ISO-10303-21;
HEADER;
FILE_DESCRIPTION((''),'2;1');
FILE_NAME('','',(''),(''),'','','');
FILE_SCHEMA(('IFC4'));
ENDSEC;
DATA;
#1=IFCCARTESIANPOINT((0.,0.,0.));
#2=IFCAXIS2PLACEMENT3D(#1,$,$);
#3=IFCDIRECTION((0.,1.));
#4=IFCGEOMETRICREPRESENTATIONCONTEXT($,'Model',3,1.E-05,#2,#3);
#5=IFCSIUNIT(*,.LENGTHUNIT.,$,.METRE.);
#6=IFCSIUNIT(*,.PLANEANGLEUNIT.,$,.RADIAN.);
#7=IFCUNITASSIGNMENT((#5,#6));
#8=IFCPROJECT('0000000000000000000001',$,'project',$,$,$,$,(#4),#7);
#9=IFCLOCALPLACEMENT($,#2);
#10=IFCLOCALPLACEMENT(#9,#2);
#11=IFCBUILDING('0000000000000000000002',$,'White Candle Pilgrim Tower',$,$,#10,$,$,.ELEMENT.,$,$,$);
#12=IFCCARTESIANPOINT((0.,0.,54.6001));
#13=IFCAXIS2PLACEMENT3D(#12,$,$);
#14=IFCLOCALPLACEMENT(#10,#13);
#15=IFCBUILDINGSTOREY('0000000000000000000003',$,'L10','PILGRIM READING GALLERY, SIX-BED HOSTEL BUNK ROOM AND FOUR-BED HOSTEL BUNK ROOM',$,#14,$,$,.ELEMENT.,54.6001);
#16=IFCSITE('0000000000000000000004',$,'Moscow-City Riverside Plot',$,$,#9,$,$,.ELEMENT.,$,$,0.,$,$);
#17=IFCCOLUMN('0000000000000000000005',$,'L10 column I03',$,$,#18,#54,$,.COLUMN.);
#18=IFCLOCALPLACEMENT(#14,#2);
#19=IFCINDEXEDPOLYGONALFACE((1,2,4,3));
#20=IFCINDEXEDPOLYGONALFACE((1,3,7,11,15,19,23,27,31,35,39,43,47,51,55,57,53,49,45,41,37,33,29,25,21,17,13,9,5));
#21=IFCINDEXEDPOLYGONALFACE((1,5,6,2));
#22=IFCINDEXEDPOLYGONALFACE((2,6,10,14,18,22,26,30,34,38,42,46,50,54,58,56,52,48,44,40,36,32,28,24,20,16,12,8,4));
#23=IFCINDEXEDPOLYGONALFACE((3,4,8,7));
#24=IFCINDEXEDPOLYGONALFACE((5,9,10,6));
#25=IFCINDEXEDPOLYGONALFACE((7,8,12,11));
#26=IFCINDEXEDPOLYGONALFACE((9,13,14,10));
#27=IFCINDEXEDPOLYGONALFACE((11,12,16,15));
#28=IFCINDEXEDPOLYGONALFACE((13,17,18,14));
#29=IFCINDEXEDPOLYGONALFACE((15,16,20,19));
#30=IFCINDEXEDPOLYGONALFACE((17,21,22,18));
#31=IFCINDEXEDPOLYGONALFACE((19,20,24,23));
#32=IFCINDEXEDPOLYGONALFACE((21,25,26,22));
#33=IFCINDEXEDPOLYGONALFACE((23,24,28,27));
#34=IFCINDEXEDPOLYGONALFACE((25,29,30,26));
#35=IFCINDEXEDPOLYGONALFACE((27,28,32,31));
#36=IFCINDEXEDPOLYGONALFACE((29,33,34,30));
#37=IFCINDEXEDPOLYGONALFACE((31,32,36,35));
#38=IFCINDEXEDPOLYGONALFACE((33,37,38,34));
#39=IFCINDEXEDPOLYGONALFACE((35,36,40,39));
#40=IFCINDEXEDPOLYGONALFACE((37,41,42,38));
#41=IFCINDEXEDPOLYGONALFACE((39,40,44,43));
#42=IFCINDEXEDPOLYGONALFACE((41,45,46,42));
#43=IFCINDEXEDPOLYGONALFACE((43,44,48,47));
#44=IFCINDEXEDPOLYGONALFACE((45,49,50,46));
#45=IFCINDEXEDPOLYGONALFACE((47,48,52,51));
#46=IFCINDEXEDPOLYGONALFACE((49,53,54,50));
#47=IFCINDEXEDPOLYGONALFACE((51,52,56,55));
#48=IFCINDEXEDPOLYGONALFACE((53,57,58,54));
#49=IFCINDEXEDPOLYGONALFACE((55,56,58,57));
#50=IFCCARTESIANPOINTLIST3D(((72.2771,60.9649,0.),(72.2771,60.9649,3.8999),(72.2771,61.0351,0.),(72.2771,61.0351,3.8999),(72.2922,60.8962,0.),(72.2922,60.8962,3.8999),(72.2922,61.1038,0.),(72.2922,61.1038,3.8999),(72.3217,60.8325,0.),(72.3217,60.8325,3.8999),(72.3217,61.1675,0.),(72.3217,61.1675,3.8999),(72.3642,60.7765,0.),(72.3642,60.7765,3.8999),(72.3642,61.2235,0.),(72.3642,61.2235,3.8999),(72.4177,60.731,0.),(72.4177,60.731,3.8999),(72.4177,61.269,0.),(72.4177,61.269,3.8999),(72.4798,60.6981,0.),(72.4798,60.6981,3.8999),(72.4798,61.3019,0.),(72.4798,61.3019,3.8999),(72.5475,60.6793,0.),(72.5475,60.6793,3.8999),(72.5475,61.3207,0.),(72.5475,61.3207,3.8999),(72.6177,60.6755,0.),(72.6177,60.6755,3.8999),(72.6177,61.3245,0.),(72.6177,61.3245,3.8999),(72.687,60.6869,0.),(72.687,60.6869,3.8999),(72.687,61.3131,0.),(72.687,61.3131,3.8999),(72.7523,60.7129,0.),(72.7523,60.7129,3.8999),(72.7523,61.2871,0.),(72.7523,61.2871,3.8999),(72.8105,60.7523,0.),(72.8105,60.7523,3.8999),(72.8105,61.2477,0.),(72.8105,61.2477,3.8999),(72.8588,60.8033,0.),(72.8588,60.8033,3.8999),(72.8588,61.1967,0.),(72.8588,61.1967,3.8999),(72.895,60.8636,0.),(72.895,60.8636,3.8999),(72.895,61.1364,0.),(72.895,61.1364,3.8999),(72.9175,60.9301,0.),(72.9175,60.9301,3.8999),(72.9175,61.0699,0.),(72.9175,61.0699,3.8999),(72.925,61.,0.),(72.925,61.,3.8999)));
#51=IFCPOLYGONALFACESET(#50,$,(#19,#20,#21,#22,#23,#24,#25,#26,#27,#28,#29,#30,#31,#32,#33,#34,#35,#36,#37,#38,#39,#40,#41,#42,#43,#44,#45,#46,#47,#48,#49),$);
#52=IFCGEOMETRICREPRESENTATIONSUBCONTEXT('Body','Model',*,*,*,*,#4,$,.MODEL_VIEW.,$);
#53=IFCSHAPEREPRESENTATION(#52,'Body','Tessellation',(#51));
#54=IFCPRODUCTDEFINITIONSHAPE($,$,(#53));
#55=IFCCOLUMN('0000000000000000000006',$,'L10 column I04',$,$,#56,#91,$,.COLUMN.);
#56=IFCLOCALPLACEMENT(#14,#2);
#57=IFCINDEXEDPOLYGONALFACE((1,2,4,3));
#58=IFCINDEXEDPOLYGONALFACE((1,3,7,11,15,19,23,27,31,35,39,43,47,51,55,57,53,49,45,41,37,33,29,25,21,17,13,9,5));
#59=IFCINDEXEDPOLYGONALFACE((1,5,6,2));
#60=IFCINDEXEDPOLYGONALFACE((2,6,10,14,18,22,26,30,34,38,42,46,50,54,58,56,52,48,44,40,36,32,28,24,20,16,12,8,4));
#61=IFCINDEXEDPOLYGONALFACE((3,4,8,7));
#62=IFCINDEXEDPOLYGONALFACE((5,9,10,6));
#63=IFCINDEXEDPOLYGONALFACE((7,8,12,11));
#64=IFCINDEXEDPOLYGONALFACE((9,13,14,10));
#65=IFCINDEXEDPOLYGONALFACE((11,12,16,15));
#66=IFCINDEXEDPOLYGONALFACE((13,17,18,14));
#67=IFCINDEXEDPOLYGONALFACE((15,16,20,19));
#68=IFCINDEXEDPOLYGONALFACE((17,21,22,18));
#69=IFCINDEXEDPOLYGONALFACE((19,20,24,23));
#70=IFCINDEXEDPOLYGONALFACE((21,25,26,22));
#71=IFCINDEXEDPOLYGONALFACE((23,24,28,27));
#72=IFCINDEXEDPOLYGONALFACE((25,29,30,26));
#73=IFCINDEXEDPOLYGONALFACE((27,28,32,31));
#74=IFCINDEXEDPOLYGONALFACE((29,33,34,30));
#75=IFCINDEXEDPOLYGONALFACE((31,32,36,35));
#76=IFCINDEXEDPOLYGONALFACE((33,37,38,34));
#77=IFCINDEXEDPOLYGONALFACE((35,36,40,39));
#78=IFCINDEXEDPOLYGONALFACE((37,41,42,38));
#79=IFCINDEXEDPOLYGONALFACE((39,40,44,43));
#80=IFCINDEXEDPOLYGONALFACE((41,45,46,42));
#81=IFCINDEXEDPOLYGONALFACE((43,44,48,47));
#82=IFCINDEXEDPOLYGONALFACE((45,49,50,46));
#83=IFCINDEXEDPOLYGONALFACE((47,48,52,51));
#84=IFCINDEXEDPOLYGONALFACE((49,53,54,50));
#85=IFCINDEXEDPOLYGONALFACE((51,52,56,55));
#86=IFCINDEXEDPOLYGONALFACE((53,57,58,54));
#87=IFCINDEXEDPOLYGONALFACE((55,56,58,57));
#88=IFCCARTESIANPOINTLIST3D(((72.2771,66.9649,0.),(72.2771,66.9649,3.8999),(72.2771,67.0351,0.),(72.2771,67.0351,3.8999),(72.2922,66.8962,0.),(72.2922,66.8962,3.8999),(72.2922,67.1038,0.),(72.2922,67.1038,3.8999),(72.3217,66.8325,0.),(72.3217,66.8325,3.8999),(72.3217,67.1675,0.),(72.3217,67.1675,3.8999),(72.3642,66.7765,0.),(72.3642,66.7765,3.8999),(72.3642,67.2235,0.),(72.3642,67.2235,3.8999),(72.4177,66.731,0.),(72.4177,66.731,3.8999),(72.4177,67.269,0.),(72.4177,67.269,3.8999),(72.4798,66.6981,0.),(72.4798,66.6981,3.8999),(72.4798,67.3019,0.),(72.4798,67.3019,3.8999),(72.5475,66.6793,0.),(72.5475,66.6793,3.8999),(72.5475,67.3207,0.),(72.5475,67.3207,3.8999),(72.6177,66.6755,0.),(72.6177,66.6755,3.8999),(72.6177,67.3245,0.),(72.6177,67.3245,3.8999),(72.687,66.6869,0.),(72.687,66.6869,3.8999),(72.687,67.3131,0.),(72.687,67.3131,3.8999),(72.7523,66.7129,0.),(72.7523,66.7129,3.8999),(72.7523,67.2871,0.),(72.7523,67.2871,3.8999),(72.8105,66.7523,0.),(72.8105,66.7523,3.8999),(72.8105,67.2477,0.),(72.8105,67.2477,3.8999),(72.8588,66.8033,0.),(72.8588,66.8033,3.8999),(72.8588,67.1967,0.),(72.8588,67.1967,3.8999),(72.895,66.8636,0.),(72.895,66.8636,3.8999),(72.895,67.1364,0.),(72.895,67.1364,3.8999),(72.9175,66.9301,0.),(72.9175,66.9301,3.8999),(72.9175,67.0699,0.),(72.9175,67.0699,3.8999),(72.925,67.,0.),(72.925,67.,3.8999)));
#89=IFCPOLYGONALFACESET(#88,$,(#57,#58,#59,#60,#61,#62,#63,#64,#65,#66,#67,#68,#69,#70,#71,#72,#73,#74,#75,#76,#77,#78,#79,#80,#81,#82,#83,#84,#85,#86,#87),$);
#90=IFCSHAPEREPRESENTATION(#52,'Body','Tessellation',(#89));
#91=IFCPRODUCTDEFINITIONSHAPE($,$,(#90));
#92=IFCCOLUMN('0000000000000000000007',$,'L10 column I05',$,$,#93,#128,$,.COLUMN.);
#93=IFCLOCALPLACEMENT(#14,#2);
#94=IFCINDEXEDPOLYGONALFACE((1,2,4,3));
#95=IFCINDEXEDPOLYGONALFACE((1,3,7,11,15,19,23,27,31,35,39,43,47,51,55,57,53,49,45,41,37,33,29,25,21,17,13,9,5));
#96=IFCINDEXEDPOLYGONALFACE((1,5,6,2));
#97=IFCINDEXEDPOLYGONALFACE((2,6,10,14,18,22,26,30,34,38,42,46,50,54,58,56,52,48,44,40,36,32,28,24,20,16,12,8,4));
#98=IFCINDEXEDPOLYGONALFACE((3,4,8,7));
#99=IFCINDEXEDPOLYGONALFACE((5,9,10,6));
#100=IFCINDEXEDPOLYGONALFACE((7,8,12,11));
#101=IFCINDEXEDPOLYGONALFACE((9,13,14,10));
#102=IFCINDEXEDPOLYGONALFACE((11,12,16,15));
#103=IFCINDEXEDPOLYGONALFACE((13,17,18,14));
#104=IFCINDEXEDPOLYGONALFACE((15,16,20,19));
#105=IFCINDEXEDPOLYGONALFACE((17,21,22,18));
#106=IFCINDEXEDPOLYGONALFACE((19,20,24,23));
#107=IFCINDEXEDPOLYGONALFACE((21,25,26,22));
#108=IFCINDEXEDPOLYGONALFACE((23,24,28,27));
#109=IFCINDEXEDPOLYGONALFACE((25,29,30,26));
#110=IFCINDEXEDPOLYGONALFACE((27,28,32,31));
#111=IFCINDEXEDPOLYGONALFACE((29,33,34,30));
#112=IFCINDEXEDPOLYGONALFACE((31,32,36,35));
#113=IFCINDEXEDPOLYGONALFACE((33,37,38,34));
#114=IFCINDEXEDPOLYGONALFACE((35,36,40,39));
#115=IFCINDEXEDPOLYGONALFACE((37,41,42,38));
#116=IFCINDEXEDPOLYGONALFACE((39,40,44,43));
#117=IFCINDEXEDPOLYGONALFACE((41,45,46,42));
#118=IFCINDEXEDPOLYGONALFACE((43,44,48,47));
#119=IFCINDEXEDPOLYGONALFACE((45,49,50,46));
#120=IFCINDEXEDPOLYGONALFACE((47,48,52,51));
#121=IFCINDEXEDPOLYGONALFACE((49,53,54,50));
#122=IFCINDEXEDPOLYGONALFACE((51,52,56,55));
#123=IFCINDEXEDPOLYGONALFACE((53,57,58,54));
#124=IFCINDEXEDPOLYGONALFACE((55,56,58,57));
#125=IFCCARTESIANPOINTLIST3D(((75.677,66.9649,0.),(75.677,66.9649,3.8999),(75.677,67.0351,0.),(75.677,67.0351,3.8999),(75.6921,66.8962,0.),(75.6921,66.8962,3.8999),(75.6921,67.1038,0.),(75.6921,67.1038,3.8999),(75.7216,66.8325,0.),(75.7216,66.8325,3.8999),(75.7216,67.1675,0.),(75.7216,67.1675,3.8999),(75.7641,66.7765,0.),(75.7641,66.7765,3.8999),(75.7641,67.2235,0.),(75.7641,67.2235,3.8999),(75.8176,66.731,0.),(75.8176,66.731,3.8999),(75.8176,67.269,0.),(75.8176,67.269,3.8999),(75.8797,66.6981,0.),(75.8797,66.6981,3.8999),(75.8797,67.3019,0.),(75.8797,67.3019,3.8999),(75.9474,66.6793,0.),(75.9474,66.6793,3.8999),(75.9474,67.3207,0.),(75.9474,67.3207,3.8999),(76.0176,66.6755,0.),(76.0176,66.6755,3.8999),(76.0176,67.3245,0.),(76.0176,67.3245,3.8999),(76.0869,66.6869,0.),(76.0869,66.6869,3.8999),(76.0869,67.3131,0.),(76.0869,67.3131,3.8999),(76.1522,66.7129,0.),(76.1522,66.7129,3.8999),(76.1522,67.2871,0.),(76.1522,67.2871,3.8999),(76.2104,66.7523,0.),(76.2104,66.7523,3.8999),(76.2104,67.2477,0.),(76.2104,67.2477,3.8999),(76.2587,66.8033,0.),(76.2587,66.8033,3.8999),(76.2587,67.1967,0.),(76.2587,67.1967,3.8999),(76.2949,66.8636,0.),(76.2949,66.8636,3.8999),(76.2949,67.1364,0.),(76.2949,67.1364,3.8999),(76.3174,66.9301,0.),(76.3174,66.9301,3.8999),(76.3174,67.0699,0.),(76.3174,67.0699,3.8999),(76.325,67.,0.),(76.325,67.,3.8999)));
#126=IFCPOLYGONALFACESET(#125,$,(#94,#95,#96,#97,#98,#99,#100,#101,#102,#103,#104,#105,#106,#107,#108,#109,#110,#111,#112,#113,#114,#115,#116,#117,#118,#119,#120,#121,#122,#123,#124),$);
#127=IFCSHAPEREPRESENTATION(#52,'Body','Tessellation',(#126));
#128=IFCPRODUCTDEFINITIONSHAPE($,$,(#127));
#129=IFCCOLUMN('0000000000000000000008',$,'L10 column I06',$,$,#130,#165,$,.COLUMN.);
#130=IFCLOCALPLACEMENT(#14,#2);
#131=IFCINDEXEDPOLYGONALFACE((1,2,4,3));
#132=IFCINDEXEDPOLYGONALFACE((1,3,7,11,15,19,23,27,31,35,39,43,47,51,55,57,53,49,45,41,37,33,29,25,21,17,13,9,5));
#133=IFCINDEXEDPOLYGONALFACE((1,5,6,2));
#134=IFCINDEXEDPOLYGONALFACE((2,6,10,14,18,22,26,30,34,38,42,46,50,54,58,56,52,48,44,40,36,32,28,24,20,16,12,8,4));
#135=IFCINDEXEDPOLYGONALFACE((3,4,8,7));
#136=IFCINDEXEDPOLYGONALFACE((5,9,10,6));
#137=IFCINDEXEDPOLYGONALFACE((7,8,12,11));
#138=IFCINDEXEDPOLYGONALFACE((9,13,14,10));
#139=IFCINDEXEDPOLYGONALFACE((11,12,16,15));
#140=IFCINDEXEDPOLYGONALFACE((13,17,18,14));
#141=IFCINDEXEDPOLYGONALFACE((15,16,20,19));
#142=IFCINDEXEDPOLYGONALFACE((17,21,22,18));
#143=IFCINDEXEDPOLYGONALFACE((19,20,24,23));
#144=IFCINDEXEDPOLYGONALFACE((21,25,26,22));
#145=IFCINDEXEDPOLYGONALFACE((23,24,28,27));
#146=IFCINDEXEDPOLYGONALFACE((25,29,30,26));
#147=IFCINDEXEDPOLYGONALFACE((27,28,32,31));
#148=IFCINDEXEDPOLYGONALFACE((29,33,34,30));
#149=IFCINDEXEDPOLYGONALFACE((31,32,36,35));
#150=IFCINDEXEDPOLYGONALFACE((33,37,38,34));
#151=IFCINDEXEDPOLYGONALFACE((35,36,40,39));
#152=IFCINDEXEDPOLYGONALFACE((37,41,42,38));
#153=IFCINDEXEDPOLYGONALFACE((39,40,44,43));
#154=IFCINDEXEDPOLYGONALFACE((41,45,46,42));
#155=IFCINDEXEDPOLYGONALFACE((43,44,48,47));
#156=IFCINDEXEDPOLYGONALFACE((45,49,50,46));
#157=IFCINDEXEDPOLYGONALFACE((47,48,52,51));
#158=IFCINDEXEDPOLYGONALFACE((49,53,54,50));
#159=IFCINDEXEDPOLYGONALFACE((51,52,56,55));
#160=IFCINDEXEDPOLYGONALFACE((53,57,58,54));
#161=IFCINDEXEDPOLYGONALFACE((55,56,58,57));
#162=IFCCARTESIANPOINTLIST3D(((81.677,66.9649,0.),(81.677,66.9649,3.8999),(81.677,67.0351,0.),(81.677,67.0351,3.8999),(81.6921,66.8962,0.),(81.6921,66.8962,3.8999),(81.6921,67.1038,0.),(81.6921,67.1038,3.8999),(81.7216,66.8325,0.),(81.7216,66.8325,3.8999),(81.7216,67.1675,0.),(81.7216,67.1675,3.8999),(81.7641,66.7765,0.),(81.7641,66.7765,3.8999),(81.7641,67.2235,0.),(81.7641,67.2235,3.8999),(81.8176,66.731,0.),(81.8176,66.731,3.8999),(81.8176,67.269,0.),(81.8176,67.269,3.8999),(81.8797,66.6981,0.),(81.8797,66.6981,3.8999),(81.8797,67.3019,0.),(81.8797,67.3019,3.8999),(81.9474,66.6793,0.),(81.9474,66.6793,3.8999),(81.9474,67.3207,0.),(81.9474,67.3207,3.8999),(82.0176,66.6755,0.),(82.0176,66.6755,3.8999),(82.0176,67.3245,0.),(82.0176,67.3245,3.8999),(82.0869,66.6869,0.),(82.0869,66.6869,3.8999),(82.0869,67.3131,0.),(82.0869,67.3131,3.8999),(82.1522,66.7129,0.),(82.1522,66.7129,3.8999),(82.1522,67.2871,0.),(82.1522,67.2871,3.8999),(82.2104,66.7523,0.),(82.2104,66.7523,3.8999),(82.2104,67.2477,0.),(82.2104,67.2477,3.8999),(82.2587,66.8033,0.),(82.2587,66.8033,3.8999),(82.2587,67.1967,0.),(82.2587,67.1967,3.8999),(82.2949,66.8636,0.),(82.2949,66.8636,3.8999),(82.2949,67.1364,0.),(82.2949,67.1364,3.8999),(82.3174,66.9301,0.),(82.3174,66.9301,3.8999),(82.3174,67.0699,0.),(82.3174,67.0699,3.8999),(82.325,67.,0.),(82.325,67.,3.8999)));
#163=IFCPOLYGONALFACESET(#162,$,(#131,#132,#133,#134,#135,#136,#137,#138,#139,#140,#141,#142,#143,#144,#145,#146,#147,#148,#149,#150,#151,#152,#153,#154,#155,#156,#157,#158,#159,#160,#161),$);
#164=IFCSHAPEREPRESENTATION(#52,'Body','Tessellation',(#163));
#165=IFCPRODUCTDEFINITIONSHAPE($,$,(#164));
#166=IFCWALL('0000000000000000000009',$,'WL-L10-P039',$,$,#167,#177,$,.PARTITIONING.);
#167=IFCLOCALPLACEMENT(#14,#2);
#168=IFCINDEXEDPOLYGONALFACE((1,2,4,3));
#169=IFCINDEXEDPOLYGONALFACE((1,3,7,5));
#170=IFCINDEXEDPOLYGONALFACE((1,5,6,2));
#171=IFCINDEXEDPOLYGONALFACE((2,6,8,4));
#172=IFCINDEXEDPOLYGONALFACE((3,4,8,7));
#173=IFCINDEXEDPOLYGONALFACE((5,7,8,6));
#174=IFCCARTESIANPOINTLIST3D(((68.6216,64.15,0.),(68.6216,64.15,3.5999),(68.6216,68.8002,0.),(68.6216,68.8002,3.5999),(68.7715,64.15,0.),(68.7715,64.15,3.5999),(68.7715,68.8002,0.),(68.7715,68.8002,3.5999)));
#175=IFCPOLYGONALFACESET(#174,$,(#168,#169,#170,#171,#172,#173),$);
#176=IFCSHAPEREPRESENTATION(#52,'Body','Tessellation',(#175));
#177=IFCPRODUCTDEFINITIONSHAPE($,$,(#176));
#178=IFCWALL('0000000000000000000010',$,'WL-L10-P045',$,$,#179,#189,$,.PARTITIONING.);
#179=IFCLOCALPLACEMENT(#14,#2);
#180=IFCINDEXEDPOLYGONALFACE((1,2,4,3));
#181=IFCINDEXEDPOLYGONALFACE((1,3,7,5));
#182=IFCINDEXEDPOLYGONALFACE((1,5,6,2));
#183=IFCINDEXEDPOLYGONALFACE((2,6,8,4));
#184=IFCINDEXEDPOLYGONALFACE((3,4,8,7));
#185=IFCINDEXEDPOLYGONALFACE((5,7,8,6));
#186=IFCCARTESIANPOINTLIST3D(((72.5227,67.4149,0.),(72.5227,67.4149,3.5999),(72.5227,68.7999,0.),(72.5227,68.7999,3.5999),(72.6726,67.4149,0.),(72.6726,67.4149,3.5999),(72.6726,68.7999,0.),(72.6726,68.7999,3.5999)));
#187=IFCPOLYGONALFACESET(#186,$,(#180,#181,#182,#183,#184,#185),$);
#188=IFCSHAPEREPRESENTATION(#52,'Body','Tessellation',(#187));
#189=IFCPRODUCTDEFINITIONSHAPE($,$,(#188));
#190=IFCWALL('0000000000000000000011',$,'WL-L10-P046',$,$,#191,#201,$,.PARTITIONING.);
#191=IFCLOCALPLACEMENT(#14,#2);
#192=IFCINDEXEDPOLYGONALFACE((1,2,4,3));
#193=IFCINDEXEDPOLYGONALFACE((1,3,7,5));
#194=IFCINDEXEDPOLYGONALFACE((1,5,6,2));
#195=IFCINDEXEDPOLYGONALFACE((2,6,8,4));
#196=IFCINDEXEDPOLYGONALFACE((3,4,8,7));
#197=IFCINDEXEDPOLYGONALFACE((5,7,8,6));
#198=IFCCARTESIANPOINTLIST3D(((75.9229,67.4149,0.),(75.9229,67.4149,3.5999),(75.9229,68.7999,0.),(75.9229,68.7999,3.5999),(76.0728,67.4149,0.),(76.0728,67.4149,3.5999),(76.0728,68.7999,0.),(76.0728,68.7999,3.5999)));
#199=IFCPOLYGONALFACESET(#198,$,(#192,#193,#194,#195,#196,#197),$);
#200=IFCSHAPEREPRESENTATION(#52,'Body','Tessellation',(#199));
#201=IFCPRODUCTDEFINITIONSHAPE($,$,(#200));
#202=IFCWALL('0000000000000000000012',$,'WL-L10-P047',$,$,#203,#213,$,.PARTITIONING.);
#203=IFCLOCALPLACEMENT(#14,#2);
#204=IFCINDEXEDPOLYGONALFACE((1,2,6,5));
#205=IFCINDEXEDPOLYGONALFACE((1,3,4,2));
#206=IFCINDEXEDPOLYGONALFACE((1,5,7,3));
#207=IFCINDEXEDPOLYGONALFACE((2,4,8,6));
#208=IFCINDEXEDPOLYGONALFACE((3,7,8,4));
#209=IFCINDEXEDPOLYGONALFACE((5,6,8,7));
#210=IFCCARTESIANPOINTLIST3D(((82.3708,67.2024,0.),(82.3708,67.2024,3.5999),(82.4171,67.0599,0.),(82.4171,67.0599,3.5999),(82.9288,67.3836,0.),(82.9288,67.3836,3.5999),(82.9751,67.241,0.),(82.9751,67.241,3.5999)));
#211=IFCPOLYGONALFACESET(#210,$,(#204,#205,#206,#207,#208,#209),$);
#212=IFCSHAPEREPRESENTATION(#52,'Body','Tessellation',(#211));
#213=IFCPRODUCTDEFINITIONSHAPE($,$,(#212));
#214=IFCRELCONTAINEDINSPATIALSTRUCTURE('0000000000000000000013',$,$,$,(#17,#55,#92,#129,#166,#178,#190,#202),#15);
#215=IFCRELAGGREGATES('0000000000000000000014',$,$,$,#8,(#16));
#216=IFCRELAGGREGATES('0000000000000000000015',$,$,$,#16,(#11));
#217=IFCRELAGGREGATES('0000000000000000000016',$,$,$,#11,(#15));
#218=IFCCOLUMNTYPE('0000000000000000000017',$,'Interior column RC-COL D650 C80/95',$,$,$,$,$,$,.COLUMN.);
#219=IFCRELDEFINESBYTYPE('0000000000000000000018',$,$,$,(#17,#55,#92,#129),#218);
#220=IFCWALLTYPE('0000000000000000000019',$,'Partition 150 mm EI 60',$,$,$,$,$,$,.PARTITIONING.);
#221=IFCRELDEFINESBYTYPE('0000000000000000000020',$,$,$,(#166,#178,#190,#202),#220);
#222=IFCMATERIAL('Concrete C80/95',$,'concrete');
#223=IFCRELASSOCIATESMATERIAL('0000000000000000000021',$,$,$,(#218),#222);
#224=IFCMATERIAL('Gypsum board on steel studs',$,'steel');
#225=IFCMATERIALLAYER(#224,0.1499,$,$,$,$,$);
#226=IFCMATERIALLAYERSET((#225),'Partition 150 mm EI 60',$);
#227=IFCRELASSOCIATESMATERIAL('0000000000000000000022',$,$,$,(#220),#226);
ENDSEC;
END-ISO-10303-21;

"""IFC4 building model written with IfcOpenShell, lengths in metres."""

from ifc_helpers import new_model, si_unit, direction, frame, frame_2d, origin, origin_2d, place, context, subcontext, project, spatial, rectangle, circle, extrude, material, layer, layer_set, material_profile, profile_set, type_object, element, save


model = new_model("IFC4")

# Units and contexts
model_context = context("Model", 3, precision=1e-05, world=origin(), true_north=direction((0.0, 1.0)))
body_context = subcontext(model_context, "Body", "Model", "MODEL_VIEW")
ifc_project = project(units=[si_unit("LENGTHUNIT", "METRE"), si_unit("PLANEANGLEUNIT", "RADIAN")], contexts=[model_context])

# Site, building, storey
site_placement = place(None, origin())
site = spatial("IfcSite", under=ifc_project, at=site_placement, Name="Moscow-City Riverside Plot", CompositionType="ELEMENT", RefElevation=0.0)
building_placement = place(site_placement, origin())
building = spatial("IfcBuilding", under=site, at=building_placement, Name="White Candle Pilgrim Tower", CompositionType="ELEMENT")
storey_placement = place(building_placement, frame((0.0, 0.0, 54.6001)))
storey = spatial("IfcBuildingStorey", under=building, at=storey_placement, Name="L10", Description="PILGRIM READING GALLERY, SIX-BED HOSTEL BUNK ROOM AND FOUR-BED HOSTEL BUNK ROOM", CompositionType="ELEMENT", Elevation=54.6001)

# Columns
ifc_material_1 = material(Name="Concrete C80/95", Category="concrete")
ifc_material_profile = material_profile(ifc_material_1, circle(Radius=0.325, at=origin_2d()), Name="RC-COL D650")
ifc_profile_set = profile_set([ifc_material_profile], Name="Concrete C80/95")
column_type = type_object("IfcColumnType", Name="Interior column RC-COL D650 C80/95", PredefinedType="COLUMN", material=ifc_profile_set)
for number, where, z_axis, x_axis, name in (
    (1, (72.6001, 61.0, 0.0), (0.0, 0.0, 1.0), (1.0, 0.0, 0.0), "L10 column I03"),
    (2, (72.6001, 67.0, 0.0), (0.0, 0.0, 1.0), (1.0, 0.0, 0.0), "L10 column I04"),
    (3, (76.0, 67.0, 0.0), (0.0, 0.0, 1.0), (1.0, 0.0, 0.0), "L10 column I05"),
    (4, (82.0, 67.0, 0.0), (0.0, 0.0, 1.0), (1.0, 0.0, 0.0), "L10 column I06"),
):
    element("IfcColumn", number, at=place(storey_placement, frame(where, z_axis=z_axis, x_axis=x_axis)), inside=storey, type_object=column_type, Name=name, PredefinedType="COLUMN", context=body_context, shape_type="SweptSolid", body=[
        extrude(circle(Radius=0.325, at=origin_2d()), origin(), (0.0, 0.0, 1.0), 3.8999),
    ])

# Walls
ifc_material_2 = material(Name="Gypsum board on steel studs", Category="steel")
ifc_layer_1 = layer(ifc_material_2, 0.1499)
ifc_layer_set_1 = layer_set([ifc_layer_1], Name="Partition 150 mm EI 60")
wall_type_1 = type_object("IfcWallType", Name="Partition 150 mm EI 60", PredefinedType="PARTITIONING", material=ifc_layer_set_1)
wall_1_placement = place(storey_placement, frame((68.6965, 64.1499, 0.0), z_axis=(0.0, 0.0, 1.0), x_axis=(0.0, 1.0, 0.0)))
element("IfcWall", 5, at=wall_1_placement, inside=storey, type_object=wall_type_1, Name="WL-L10-P039", PredefinedType="PARTITIONING", context=body_context, shape_type="SweptSolid", body=[
    extrude(rectangle(XDim=4.6501, YDim=0.1499, at=frame_2d((2.3252, 0.0))), origin(), (0.0, 0.0, 1.0), 3.5999),
])
for number, where, z_axis, x_axis, name in (
    (6, (72.5977, 67.415, 0.0), (0.0, 0.0, 1.0), (0.0, 1.0, 0.0), "WL-L10-P045"),
    (7, (75.9978, 67.415, 0.0), (0.0, 0.0, 1.0), (0.0, 1.0, 0.0), "WL-L10-P046"),
):
    element("IfcWall", number, at=place(storey_placement, frame(where, z_axis=z_axis, x_axis=x_axis)), inside=storey, type_object=wall_type_1, Name=name, PredefinedType="PARTITIONING", context=body_context, shape_type="SweptSolid", body=[
        extrude(rectangle(XDim=1.385, YDim=0.1499, at=frame_2d((0.6924, 0.0))), origin(), (0.0, 0.0, 1.0), 3.5999),
    ])
wall_2_placement = place(storey_placement, frame((82.3938, 67.1311, 0.0), z_axis=(0.0, 0.0, 1.0), x_axis=(0.95115, 0.308729, 0.0)))
element("IfcWall", 8, at=wall_2_placement, inside=storey, type_object=wall_type_1, Name="WL-L10-P047", PredefinedType="PARTITIONING", context=body_context, shape_type="SweptSolid", body=[
    extrude(rectangle(XDim=0.5867, YDim=0.1499, at=frame_2d((0.2935, 0.0))), origin(), (0.0, 0.0, 1.0), 3.5999),
])

save(model, "model.ifc")
